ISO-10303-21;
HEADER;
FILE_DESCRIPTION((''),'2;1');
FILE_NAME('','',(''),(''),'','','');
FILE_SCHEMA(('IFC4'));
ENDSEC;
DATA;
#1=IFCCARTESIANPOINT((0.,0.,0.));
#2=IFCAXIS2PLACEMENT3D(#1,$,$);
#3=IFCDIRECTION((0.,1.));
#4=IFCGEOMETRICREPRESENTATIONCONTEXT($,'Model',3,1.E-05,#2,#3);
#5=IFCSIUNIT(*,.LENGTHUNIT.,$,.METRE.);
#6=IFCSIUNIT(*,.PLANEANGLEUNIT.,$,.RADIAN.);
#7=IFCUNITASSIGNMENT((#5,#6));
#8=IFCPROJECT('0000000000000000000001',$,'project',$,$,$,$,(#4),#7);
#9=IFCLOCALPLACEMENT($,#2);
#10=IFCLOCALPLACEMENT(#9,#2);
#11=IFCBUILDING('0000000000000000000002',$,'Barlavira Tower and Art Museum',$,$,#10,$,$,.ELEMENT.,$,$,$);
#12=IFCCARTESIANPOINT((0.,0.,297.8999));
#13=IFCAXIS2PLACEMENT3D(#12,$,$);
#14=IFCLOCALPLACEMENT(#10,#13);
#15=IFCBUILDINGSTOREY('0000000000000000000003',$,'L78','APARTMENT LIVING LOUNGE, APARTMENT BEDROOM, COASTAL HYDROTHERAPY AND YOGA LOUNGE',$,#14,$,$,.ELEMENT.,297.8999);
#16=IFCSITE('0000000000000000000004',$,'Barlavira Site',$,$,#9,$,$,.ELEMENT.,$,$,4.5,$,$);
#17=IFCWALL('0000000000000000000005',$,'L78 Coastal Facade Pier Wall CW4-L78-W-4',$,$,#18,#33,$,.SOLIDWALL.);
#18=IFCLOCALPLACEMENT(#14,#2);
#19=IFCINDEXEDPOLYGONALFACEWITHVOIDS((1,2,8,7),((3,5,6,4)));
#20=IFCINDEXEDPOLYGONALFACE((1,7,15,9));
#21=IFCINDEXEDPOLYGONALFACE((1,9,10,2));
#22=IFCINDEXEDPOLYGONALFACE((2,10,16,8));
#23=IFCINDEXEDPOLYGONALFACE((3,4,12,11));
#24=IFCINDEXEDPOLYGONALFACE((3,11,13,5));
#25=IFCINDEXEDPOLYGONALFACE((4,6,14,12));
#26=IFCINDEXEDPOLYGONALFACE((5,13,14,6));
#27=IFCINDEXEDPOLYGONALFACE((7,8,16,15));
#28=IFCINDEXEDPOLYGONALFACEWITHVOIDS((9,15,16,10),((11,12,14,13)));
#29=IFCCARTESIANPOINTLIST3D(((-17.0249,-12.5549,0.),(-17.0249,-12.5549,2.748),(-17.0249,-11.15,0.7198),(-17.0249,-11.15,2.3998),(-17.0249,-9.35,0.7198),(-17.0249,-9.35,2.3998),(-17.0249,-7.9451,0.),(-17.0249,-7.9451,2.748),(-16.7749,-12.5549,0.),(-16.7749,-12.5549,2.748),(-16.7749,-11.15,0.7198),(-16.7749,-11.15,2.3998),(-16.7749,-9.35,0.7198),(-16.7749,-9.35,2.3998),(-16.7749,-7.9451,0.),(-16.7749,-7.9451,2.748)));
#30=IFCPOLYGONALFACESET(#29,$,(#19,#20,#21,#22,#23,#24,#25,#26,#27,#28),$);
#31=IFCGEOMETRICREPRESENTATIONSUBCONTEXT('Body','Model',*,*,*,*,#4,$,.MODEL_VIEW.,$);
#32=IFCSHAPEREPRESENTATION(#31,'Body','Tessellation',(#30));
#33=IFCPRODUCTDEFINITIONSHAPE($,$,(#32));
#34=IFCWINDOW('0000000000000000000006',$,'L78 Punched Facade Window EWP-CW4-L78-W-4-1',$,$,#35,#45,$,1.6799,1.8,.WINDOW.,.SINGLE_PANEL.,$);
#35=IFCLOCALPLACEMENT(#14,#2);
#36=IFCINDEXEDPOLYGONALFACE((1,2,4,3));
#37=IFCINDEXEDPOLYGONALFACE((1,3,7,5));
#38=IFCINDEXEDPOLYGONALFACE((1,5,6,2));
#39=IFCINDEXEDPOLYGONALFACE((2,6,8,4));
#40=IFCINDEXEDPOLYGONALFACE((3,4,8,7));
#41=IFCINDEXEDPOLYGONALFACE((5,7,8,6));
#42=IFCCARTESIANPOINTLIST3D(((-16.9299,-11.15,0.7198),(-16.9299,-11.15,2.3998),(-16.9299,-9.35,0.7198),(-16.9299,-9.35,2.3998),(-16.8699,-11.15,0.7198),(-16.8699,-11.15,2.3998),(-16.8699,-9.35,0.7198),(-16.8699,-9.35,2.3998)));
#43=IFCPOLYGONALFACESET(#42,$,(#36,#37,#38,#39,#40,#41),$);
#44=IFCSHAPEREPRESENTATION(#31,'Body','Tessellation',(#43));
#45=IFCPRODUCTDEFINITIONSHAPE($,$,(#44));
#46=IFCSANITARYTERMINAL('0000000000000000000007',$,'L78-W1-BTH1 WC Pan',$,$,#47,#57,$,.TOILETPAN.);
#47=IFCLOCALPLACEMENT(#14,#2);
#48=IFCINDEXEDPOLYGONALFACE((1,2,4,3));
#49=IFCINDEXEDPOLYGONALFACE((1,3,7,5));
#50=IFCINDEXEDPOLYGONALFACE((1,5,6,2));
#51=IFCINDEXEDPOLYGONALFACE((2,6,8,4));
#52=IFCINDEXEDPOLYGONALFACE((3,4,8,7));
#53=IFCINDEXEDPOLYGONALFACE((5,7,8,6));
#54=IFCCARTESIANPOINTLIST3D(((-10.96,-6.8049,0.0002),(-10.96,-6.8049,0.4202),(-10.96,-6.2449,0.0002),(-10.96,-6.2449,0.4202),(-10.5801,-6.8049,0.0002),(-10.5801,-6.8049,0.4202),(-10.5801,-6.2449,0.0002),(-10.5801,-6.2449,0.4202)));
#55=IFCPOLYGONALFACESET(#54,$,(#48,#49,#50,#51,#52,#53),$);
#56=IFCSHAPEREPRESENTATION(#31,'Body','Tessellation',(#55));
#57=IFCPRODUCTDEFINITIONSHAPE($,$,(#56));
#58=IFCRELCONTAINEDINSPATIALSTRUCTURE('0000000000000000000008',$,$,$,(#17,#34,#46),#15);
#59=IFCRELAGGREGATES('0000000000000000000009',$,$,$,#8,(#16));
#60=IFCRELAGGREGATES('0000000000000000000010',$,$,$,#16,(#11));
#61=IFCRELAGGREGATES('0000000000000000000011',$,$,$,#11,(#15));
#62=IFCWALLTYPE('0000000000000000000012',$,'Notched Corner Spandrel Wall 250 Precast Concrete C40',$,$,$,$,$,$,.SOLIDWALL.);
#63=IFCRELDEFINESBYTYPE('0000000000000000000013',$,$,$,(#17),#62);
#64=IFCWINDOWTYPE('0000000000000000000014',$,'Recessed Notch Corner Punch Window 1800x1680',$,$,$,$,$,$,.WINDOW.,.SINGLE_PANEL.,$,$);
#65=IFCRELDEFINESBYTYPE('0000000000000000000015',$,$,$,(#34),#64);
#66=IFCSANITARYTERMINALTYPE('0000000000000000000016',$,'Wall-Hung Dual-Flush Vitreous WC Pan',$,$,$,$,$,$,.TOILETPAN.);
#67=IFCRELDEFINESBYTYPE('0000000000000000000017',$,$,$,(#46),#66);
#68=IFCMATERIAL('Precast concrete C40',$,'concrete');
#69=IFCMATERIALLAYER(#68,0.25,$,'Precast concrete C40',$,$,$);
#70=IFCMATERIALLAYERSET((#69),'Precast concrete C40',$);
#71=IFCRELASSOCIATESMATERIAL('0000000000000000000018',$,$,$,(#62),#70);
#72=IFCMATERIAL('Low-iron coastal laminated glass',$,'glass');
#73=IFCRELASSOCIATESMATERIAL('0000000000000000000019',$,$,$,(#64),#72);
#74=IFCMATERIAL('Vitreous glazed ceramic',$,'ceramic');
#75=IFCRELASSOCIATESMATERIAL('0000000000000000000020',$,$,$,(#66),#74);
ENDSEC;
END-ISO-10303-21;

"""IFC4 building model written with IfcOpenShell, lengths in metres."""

from ifc_helpers import new_model, si_unit, direction, frame, frame_2d, origin, origin_2d, place, context, subcontext, project, spatial, rectangle, extrude, material, layer, layer_set, type_object, element, fill, save


model = new_model("IFC4")

# Units and contexts
model_context = context("Model", 3, precision=1e-05, world=origin(), true_north=direction((0.0, 1.0)))
body_context = subcontext(model_context, "Body", "Model", "MODEL_VIEW")
ifc_project = project(units=[si_unit("LENGTHUNIT", "METRE"), si_unit("PLANEANGLEUNIT", "RADIAN")], contexts=[model_context])

# Site, building, storey
site_placement = place(None, origin())
site = spatial("IfcSite", under=ifc_project, at=site_placement, Name="Barlavira Site", CompositionType="ELEMENT", RefElevation=4.5)
building_placement = place(site_placement, origin())
building = spatial("IfcBuilding", under=site, at=building_placement, Name="Barlavira Tower and Art Museum", CompositionType="ELEMENT")
storey_placement = place(building_placement, frame((0.0, 0.0, 297.8999)))
storey = spatial("IfcBuildingStorey", under=building, at=storey_placement, Name="L78", Description="APARTMENT LIVING LOUNGE, APARTMENT BEDROOM, COASTAL HYDROTHERAPY AND YOGA LOUNGE", CompositionType="ELEMENT", Elevation=297.8999)

# Shared definitions
ifc_material_1 = material(Name="Low-iron coastal laminated glass", Category="glass")

# Wall, opening, window
ifc_material_2 = material(Name="Precast concrete C40", Category="concrete")
ifc_layer_1 = layer(ifc_material_2, 0.25, Name="Precast concrete C40")
ifc_layer_set_1 = layer_set([ifc_layer_1], Name="Precast concrete C40")
wall_type_1 = type_object("IfcWallType", Name="Notched Corner Spandrel Wall 250 Precast Concrete C40", PredefinedType="SOLIDWALL", material=ifc_layer_set_1)
wall_1_placement = place(storey_placement, frame((-16.8999, -7.9451, 0.0), z_axis=(0.0, 0.0, 1.0), x_axis=(0.0, -1.0, 0.0)))
wall_1 = element("IfcWall", 1, at=wall_1_placement, inside=storey, type_object=wall_type_1, Name="L78 Coastal Facade Pier Wall CW4-L78-W-4", PredefinedType="SOLIDWALL", context=body_context, shape_type="SweptSolid", body=[
    extrude(rectangle(XDim=4.6099, YDim=0.25, at=frame_2d((2.3049, 0.0))), origin(), (0.0, 0.0, 1.0), 2.748),
])
opening_1_placement = place(wall_1_placement, frame((1.405, 0.0, 0.72)))
opening_1 = element("IfcOpeningElement", 2, at=opening_1_placement, cuts=wall_1, PredefinedType="OPENING", context=body_context, shape_type="SweptSolid", body=[
    extrude(rectangle(XDim=1.8, YDim=1.6799, at=frame_2d((0.8999, 0.8398))), frame((0.0, 0.135, 0.0), z_axis=(0.0, -1.0, 0.0), x_axis=(1.0, 0.0, 0.0)), (0.0, 0.0, 1.0), 0.27),
])
window_type = type_object("IfcWindowType", Name="Recessed Notch Corner Punch Window 1800x1680", PartitioningType="SINGLE_PANEL", PredefinedType="WINDOW", material=ifc_material_1)
window_placement = place(opening_1_placement, origin())
window = element("IfcWindow", 3, at=window_placement, inside=storey, type_object=window_type, Name="L78 Punched Facade Window EWP-CW4-L78-W-4-1", OverallHeight=1.6799, OverallWidth=1.8, PartitioningType="SINGLE_PANEL", PredefinedType="WINDOW", context=body_context, shape_type="SweptSolid", body=[
    extrude(rectangle(XDim=1.8, YDim=1.6799, at=frame_2d((0.8999, 0.8398))), frame((0.0, 0.03, 0.0), z_axis=(0.0, -1.0, 0.0), x_axis=(1.0, 0.0, 0.0)), (0.0, 0.0, 1.0), 0.0601),
])
fill(opening_1, window)

# Sanitary terminal
ifc_material_3 = material(Name="Vitreous glazed ceramic", Category="ceramic")
sanitary_terminal_type = type_object("IfcSanitaryTerminalType", Name="Wall-Hung Dual-Flush Vitreous WC Pan", PredefinedType="TOILETPAN", material=ifc_material_3)
sanitary_terminal_placement = place(storey_placement, frame((-10.77, -6.5249, 0.0002), z_axis=(0.0, 0.0, 1.0), x_axis=(1.0, 0.0, 0.0)))
element("IfcSanitaryTerminal", 4, at=sanitary_terminal_placement, inside=storey, type_object=sanitary_terminal_type, Name="L78-W1-BTH1 WC Pan", PredefinedType="TOILETPAN", context=body_context, shape_type="SweptSolid", body=[
    extrude(rectangle(XDim=0.3799, YDim=0.5601, at=origin_2d()), origin(), (0.0, 0.0, 1.0), 0.4199),
])

save(model, "model.ifc")
